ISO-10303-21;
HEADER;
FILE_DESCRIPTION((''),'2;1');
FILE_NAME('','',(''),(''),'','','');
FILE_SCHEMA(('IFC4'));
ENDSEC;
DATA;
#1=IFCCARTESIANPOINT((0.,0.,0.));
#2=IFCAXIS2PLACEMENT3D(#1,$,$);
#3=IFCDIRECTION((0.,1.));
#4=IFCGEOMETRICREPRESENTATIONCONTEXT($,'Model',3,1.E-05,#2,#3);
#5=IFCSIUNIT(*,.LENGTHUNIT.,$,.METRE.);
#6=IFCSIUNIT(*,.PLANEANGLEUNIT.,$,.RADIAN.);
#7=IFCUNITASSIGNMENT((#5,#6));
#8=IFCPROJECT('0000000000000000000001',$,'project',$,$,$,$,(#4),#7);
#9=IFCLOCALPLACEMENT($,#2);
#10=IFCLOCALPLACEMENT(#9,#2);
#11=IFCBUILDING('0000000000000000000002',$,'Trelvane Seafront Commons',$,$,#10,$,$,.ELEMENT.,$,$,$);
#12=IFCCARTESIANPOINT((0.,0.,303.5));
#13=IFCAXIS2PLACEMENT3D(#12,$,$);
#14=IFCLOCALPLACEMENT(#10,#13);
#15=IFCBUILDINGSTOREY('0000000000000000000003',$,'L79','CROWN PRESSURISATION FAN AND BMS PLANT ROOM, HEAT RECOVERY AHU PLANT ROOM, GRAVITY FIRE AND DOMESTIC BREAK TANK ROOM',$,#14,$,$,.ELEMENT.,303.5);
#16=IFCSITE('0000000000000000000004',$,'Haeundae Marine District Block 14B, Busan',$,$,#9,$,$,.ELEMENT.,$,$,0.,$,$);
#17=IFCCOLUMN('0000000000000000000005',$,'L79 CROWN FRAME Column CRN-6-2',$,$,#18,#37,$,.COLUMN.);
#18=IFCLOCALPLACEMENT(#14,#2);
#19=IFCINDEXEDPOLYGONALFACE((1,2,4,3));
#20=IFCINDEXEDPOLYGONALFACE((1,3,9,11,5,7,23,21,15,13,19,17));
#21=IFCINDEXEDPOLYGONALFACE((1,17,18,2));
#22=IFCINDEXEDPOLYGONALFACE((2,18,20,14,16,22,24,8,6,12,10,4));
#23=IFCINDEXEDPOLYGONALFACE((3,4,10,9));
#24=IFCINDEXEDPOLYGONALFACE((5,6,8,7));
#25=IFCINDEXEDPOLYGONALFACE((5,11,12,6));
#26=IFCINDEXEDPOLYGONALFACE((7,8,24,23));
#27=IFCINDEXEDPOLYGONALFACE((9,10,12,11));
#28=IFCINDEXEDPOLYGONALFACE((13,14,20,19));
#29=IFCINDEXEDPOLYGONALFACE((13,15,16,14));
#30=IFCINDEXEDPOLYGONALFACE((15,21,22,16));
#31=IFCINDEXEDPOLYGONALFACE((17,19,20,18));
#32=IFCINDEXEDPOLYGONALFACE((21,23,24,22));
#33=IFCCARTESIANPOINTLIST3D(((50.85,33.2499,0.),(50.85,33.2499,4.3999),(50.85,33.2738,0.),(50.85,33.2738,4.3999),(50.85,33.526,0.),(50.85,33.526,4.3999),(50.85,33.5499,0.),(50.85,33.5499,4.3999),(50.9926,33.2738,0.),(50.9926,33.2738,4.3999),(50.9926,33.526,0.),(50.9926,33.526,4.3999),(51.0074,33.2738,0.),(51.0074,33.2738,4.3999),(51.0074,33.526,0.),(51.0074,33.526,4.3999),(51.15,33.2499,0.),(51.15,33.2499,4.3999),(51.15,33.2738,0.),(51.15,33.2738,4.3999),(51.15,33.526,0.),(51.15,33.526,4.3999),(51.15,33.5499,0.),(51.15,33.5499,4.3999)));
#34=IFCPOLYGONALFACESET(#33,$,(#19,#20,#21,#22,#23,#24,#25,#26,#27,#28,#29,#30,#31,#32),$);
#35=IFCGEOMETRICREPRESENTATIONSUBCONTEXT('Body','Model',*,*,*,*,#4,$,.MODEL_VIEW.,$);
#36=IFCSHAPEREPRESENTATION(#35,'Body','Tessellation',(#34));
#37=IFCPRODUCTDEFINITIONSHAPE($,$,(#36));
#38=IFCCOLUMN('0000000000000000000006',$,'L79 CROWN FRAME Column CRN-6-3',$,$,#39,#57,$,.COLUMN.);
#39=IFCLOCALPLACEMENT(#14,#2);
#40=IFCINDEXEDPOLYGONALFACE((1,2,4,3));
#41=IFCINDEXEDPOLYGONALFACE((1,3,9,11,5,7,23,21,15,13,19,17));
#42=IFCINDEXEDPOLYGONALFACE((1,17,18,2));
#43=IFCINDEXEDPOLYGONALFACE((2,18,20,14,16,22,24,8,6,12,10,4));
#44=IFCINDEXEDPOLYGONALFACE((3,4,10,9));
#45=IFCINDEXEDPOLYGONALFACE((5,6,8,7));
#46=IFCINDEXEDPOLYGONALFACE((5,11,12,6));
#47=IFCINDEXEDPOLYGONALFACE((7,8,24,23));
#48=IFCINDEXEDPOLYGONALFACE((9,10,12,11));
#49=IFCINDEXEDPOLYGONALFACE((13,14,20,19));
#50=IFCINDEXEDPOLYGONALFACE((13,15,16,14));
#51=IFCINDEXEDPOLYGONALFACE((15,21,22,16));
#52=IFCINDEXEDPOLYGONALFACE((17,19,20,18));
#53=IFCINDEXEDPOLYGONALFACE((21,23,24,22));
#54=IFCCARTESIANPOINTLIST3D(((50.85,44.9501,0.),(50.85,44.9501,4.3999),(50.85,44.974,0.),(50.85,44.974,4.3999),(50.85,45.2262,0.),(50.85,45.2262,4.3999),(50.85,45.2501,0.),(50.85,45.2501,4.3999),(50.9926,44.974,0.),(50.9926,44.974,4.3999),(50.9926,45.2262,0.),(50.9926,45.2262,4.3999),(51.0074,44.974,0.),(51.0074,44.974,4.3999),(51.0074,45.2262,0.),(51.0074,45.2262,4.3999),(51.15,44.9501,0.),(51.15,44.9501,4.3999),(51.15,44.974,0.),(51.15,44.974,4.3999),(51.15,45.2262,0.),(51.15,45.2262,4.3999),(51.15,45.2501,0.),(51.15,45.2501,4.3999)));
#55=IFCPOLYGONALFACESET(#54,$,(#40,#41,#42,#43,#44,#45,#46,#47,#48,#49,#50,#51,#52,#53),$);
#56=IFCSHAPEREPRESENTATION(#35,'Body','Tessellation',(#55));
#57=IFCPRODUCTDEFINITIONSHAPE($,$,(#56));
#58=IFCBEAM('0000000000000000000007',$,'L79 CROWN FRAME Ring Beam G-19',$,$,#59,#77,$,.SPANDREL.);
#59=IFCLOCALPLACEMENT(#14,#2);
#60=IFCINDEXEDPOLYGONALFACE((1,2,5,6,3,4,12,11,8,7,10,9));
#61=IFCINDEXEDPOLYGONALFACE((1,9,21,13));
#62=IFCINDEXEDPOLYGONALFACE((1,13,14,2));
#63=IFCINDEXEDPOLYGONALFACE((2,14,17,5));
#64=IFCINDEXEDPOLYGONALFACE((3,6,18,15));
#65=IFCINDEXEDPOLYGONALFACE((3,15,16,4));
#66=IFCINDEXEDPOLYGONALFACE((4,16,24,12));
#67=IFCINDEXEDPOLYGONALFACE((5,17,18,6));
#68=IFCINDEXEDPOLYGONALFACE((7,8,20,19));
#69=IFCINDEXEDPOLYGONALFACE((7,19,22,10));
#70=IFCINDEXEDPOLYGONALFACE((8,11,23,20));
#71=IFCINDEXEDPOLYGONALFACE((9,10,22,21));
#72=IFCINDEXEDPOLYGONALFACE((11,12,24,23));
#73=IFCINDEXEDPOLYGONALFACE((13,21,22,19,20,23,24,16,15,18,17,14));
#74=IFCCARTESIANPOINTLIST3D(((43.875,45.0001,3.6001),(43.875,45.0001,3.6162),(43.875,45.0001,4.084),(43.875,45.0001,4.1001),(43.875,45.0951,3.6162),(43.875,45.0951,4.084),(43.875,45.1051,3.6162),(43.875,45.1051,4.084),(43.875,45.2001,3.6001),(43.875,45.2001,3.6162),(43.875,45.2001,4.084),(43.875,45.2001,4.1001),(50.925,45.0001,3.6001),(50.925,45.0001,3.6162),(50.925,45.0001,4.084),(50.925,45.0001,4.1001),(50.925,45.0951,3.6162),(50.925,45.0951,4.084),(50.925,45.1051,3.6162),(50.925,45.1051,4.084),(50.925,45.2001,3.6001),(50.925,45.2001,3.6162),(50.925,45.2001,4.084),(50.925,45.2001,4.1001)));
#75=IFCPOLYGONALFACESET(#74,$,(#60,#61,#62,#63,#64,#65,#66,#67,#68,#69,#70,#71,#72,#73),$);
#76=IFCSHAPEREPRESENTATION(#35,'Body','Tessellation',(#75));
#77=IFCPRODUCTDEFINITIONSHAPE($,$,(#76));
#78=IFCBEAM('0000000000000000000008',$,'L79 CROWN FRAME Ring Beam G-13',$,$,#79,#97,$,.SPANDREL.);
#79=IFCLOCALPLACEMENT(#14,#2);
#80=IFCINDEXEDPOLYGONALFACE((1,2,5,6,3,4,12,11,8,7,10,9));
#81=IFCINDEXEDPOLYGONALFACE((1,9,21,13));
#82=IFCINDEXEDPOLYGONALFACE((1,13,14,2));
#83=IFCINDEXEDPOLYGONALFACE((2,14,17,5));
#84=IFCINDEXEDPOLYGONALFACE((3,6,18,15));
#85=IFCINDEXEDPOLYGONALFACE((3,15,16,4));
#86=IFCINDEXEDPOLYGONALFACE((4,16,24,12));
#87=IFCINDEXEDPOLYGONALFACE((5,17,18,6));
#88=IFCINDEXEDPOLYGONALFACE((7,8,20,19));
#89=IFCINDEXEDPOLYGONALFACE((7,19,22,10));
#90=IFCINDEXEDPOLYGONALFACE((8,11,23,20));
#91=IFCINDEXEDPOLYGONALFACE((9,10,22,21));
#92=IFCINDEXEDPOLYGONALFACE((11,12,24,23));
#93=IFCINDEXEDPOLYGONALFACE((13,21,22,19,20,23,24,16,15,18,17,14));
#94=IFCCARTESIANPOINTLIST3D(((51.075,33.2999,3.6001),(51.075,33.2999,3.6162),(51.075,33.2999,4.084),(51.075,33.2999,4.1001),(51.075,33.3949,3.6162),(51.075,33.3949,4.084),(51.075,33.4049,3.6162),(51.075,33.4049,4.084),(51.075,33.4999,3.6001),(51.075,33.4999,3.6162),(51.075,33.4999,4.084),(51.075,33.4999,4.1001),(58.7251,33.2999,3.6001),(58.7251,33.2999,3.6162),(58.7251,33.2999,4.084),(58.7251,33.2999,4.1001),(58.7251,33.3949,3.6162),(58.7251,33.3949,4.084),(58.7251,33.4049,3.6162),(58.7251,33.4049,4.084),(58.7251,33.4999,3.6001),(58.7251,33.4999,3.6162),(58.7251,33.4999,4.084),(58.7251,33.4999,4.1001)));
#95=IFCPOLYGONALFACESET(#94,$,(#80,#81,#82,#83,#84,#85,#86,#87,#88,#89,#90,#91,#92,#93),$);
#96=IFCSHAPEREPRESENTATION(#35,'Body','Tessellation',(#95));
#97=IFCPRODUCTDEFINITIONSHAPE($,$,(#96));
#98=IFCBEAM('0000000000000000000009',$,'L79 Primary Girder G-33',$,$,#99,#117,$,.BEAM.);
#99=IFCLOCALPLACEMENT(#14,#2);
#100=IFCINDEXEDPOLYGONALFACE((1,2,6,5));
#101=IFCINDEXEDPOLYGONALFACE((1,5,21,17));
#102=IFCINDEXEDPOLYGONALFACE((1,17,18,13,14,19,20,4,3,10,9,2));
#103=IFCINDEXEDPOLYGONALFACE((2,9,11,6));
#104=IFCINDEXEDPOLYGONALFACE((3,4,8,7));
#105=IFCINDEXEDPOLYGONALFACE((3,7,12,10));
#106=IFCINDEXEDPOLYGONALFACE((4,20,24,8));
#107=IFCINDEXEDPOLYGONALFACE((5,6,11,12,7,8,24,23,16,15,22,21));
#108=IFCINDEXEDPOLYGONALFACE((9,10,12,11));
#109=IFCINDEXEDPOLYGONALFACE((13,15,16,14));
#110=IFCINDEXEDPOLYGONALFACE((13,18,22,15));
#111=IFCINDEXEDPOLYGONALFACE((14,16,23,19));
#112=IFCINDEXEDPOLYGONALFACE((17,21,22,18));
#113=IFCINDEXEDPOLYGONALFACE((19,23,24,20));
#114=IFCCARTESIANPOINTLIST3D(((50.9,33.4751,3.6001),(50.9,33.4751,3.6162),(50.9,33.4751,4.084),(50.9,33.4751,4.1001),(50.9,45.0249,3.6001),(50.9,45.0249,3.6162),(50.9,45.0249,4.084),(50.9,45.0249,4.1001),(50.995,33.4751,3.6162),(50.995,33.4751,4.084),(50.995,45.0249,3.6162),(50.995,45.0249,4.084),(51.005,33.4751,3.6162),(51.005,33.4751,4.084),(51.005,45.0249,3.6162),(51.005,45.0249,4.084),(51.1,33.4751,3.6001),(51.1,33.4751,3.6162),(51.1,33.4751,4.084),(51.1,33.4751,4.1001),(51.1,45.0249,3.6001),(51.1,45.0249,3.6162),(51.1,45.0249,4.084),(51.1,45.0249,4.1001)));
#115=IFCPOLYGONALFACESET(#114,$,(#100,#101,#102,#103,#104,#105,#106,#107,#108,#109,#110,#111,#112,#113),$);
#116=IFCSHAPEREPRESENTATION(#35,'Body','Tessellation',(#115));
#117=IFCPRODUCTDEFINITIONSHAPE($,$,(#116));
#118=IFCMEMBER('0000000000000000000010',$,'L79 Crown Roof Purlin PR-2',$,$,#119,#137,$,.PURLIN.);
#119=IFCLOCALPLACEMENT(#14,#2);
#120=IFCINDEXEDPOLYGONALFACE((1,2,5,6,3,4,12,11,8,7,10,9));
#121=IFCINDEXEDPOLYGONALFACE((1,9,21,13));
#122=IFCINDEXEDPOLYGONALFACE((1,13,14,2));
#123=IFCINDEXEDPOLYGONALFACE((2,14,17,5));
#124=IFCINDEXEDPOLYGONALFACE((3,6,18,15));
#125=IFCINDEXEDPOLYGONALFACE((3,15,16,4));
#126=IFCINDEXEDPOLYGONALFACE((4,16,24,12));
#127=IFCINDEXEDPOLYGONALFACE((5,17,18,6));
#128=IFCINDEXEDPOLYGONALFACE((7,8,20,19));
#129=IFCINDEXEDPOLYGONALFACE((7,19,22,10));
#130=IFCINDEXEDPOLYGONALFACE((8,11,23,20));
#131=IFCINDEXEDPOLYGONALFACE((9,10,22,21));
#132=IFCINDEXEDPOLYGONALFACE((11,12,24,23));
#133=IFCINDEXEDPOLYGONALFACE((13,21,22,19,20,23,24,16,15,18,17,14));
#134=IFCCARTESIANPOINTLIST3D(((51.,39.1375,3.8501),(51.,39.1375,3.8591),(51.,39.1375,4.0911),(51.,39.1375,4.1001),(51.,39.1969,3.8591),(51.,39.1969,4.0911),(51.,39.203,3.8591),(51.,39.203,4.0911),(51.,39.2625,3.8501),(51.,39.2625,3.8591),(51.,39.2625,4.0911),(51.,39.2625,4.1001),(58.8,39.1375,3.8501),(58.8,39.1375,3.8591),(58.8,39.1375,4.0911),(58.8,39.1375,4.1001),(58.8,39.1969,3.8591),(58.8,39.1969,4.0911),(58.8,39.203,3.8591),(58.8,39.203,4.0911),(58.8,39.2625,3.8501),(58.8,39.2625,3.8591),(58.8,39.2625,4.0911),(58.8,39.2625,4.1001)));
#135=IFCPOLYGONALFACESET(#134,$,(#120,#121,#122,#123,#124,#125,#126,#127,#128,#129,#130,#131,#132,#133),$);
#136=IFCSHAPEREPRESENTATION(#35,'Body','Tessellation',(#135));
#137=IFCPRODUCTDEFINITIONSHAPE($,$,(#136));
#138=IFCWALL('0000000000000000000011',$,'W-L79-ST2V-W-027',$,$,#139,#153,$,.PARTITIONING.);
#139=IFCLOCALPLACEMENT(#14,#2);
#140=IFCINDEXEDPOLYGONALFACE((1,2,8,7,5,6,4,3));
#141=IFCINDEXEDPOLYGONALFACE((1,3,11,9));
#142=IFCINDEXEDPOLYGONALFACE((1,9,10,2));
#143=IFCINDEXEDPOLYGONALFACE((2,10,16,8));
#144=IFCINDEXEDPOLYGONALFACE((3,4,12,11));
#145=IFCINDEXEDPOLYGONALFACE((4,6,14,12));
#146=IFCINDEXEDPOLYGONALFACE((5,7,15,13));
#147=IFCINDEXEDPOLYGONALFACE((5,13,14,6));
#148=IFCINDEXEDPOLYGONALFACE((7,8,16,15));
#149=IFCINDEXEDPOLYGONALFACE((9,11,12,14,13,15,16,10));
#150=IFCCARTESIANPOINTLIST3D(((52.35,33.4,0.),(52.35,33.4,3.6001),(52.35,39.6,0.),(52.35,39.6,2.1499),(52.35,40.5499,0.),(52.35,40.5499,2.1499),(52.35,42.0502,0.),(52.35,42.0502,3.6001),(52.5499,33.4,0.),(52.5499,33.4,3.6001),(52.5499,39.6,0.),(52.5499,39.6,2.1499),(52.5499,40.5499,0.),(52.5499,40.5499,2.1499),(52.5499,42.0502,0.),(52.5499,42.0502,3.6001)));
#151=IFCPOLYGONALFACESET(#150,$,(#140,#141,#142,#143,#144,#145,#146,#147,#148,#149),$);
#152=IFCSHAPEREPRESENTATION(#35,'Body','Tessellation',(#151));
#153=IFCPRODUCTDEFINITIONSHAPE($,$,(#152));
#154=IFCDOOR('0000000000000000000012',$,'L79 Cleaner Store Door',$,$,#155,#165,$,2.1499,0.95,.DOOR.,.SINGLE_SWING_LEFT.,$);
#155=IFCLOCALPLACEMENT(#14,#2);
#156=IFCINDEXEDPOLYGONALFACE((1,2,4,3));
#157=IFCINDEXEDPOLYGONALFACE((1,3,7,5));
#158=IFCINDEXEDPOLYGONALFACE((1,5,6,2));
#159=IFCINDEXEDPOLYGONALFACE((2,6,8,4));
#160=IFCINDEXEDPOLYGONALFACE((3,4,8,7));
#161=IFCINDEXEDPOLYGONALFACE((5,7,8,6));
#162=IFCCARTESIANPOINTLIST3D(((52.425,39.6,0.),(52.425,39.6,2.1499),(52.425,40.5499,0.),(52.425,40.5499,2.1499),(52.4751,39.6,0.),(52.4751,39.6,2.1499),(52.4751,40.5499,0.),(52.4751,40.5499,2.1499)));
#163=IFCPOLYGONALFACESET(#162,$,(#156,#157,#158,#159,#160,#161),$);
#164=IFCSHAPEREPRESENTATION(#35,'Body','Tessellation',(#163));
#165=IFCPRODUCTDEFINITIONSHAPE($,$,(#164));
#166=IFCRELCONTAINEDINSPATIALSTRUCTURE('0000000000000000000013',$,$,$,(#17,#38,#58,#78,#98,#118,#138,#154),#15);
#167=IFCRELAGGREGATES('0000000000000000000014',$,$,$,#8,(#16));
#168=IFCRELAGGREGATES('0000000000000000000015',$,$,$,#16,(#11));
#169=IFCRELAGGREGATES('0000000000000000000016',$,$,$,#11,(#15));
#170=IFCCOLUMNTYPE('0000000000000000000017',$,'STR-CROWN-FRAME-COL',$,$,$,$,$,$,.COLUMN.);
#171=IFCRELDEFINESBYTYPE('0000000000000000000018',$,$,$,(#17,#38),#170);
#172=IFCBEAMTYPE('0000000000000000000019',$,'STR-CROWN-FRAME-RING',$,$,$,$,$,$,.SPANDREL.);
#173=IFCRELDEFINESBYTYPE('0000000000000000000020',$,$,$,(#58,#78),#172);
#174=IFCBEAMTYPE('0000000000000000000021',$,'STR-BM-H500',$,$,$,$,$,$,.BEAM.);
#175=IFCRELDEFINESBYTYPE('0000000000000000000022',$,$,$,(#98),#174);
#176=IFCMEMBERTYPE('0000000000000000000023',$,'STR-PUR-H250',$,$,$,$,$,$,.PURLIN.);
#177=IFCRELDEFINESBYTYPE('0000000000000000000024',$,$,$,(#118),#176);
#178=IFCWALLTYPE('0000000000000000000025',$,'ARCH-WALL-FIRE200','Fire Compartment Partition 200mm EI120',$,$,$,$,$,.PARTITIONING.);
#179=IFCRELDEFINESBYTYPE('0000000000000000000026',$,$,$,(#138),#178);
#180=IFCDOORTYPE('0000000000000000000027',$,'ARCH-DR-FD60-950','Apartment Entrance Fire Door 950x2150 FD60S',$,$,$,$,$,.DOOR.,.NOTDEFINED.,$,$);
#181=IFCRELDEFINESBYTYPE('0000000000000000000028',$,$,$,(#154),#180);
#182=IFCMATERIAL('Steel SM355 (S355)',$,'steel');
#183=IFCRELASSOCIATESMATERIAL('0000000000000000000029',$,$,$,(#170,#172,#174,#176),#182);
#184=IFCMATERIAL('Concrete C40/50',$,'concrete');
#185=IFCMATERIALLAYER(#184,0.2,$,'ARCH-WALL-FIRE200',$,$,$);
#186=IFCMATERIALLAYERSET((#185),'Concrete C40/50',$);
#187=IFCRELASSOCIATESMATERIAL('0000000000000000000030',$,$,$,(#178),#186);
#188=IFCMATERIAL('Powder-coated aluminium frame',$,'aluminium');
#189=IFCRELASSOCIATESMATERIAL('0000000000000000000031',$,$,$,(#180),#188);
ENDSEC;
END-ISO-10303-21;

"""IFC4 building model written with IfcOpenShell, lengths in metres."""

from ifc_helpers import new_model, si_unit, direction, frame, frame_2d, origin, origin_2d, place, context, subcontext, project, spatial, rectangle, i_section, extrude, source, transform, mapped, material, layer, layer_set, material_profile, profile_set, type_object, element, fill, save


model = new_model("IFC4")

# Units and contexts
model_context = context("Model", 3, precision=1e-05, world=origin(), true_north=direction((0.0, 1.0)))
body_context = subcontext(model_context, "Body", "Model", "MODEL_VIEW")
ifc_project = project(units=[si_unit("LENGTHUNIT", "METRE"), si_unit("PLANEANGLEUNIT", "RADIAN")], contexts=[model_context])

# Site, building, storey
site_placement = place(None, origin())
site = spatial("IfcSite", under=ifc_project, at=site_placement, Name="Haeundae Marine District Block 14B, Busan", CompositionType="ELEMENT", RefElevation=0.0)
building_placement = place(site_placement, origin())
building = spatial("IfcBuilding", under=site, at=building_placement, Name="Trelvane Seafront Commons", CompositionType="ELEMENT")
storey_placement = place(building_placement, frame((0.0, 0.0, 303.5)))
storey = spatial("IfcBuildingStorey", under=building, at=storey_placement, Name="L79", Description="CROWN PRESSURISATION FAN AND BMS PLANT ROOM, HEAT RECOVERY AHU PLANT ROOM, GRAVITY FIRE AND DOMESTIC BREAK TANK ROOM", CompositionType="ELEMENT", Elevation=303.5)

# Columns
ifc_material_1 = material(Name="Steel SM355 (S355)", Category="steel")
ifc_material_profile_1 = material_profile(ifc_material_1, i_section(OverallWidth=0.3, OverallDepth=0.3, WebThickness=0.0149, FlangeThickness=0.0239, at=origin_2d()), Name="HD-300x300x15x24")
ifc_profile_set_1 = profile_set([ifc_material_profile_1], Name="Steel SM355 (S355)")
column_type = type_object("IfcColumnType", Name="STR-CROWN-FRAME-COL", PredefinedType="COLUMN", material=ifc_profile_set_1)
shared_shape_1 = source(origin(), body_context, "Body", "SweptSolid", [
    extrude(i_section(OverallWidth=0.3, OverallDepth=0.3, WebThickness=0.0149, FlangeThickness=0.0239, at=origin_2d()), origin(), (0.0, 0.0, 1.0), 4.3999),
])
for number, where, z_axis, x_axis, name in (
    (1, (51.0, 33.3999, 0.0), (0.0, 0.0, 1.0), (1.0, 0.0, 0.0), "L79 CROWN FRAME Column CRN-6-2"),
    (2, (51.0, 45.1001, 0.0), (0.0, 0.0, 1.0), (1.0, 0.0, 0.0), "L79 CROWN FRAME Column CRN-6-3"),
):
    element("IfcColumn", number, at=place(storey_placement, frame(where, z_axis=z_axis, x_axis=x_axis)), inside=storey, type_object=column_type, Name=name, PredefinedType="COLUMN", context=body_context, shape_type="MappedRepresentation", body=[
        mapped(shared_shape_1, transform((0.0, 0.0, 0.0), x_axis=(1.0, 0.0, 0.0), y_axis=(0.0, 1.0, 0.0), z_axis=(0.0, 0.0, 1.0), scale=1.0)),
    ])

# Beams
ifc_material_profile_2 = material_profile(ifc_material_1, i_section(OverallWidth=0.2, OverallDepth=0.5, WebThickness=0.01, FlangeThickness=0.0161, at=origin_2d()), Name="H-500x200x10x16")
ifc_profile_set_2 = profile_set([ifc_material_profile_2], Name="Steel SM355 (S355)")
beam_type_1 = type_object("IfcBeamType", Name="STR-CROWN-FRAME-RING", PredefinedType="SPANDREL", material=ifc_profile_set_2)
shared_shape_2 = source(origin(), body_context, "Body", "SweptSolid", [
    extrude(i_section(OverallWidth=0.2, OverallDepth=0.5, WebThickness=0.01, FlangeThickness=0.0161, at=origin_2d()), origin(), (0.0, 0.0, 1.0), 7.05),
])
beam_1_placement = place(storey_placement, frame((43.875, 45.1001, 3.8501), z_axis=(1.0, 0.0, 0.0), x_axis=(0.0, 1.0, 0.0)))
element("IfcBeam", 3, at=beam_1_placement, inside=storey, type_object=beam_type_1, Name="L79 CROWN FRAME Ring Beam G-19", PredefinedType="SPANDREL", context=body_context, shape_type="MappedRepresentation", body=[
    mapped(shared_shape_2, transform((0.0, 0.0, 0.0), x_axis=(1.0, 0.0, 0.0), y_axis=(0.0, 1.0, 0.0), z_axis=(0.0, 0.0, 1.0), scale=1.0)),
])
shared_shape_3 = source(origin(), body_context, "Body", "SweptSolid", [
    extrude(i_section(OverallWidth=0.2, OverallDepth=0.5, WebThickness=0.01, FlangeThickness=0.0161, at=origin_2d()), origin(), (0.0, 0.0, 1.0), 7.6501),
])
beam_2_placement = place(storey_placement, frame((51.075, 33.3999, 3.8501), z_axis=(1.0, 0.0, 0.0), x_axis=(0.0, 1.0, 0.0)))
element("IfcBeam", 4, at=beam_2_placement, inside=storey, type_object=beam_type_1, Name="L79 CROWN FRAME Ring Beam G-13", PredefinedType="SPANDREL", context=body_context, shape_type="MappedRepresentation", body=[
    mapped(shared_shape_3, transform((0.0, 0.0, 0.0), x_axis=(1.0, 0.0, 0.0), y_axis=(0.0, 1.0, 0.0), z_axis=(0.0, 0.0, 1.0), scale=1.0)),
])
ifc_material_profile_3 = material_profile(ifc_material_1, i_section(OverallWidth=0.2, OverallDepth=0.5, WebThickness=0.01, FlangeThickness=0.0161, at=origin_2d()), Name="H-500x200x10x16")
ifc_profile_set_3 = profile_set([ifc_material_profile_3], Name="Steel SM355 (S355)")
beam_type_2 = type_object("IfcBeamType", Name="STR-BM-H500", PredefinedType="BEAM", material=ifc_profile_set_3)
shared_shape_4 = source(origin(), body_context, "Body", "SweptSolid", [
    extrude(i_section(OverallWidth=0.2, OverallDepth=0.5, WebThickness=0.01, FlangeThickness=0.0161, at=origin_2d()), origin(), (0.0, 0.0, 1.0), 11.5498),
])
beam_3_placement = place(storey_placement, frame((51.0, 33.4751, 3.8501), z_axis=(0.0, 1.0, 0.0), x_axis=(-1.0, 0.0, 0.0)))
element("IfcBeam", 5, at=beam_3_placement, inside=storey, type_object=beam_type_2, Name="L79 Primary Girder G-33", PredefinedType="BEAM", context=body_context, shape_type="MappedRepresentation", body=[
    mapped(shared_shape_4, transform((0.0, 0.0, 0.0), x_axis=(1.0, 0.0, 0.0), y_axis=(0.0, 1.0, 0.0), z_axis=(0.0, 0.0, 1.0), scale=1.0)),
])

# Member
ifc_material_profile_4 = material_profile(ifc_material_1, i_section(OverallWidth=0.125, OverallDepth=0.25, WebThickness=0.0061, FlangeThickness=0.009, at=origin_2d()), Name="H-250x125x6x9")
ifc_profile_set_4 = profile_set([ifc_material_profile_4], Name="Steel SM355 (S355)")
member_type = type_object("IfcMemberType", Name="STR-PUR-H250", PredefinedType="PURLIN", material=ifc_profile_set_4)
shared_shape_5 = source(origin(), body_context, "Body", "SweptSolid", [
    extrude(i_section(OverallWidth=0.125, OverallDepth=0.25, WebThickness=0.0061, FlangeThickness=0.009, at=origin_2d()), origin(), (0.0, 0.0, 1.0), 7.8),
])
member_placement = place(storey_placement, frame((51.0, 39.2, 3.9751), z_axis=(1.0, 0.0, 0.0), x_axis=(0.0, 1.0, 0.0)))
element("IfcMember", 6, at=member_placement, inside=storey, type_object=member_type, Name="L79 Crown Roof Purlin PR-2", PredefinedType="PURLIN", context=body_context, shape_type="MappedRepresentation", body=[
    mapped(shared_shape_5, transform((0.0, 0.0, 0.0), x_axis=(1.0, 0.0, 0.0), y_axis=(0.0, 1.0, 0.0), z_axis=(0.0, 0.0, 1.0), scale=1.0)),
])

# Wall, opening, door
ifc_material_2 = material(Name="Concrete C40/50", Category="concrete")
ifc_layer_1 = layer(ifc_material_2, 0.2, Name="ARCH-WALL-FIRE200")
ifc_layer_set_1 = layer_set([ifc_layer_1], Name="Concrete C40/50")
wall_type_1 = type_object("IfcWallType", Name="ARCH-WALL-FIRE200", Description="Fire Compartment Partition 200mm EI120", PredefinedType="PARTITIONING", material=ifc_layer_set_1)
wall_1_placement = place(storey_placement, frame((52.45, 33.3999, 0.0), z_axis=(0.0, 0.0, 1.0), x_axis=(0.0, 1.0, 0.0)))
wall_1 = element("IfcWall", 7, at=wall_1_placement, inside=storey, type_object=wall_type_1, Name="W-L79-ST2V-W-027", PredefinedType="PARTITIONING", context=body_context, shape_type="SweptSolid", body=[
    extrude(rectangle(XDim=8.6501, YDim=0.2, at=frame_2d((4.3252, 0.0))), origin(), (0.0, 0.0, 1.0), 3.6001),
])
opening_1_placement = place(wall_1_placement, frame((6.2, 0.0, 0.0)))
opening_1 = element("IfcOpeningElement", 8, at=opening_1_placement, cuts=wall_1, PredefinedType="OPENING", context=body_context, shape_type="SweptSolid", body=[
    extrude(rectangle(XDim=0.95, YDim=2.1499, at=frame_2d((0.4751, 1.075))), frame((0.0, 0.1099, 0.0), z_axis=(0.0, -1.0, 0.0), x_axis=(1.0, 0.0, 0.0)), (0.0, 0.0, 1.0), 0.22),
])
ifc_material_3 = material(Name="Powder-coated aluminium frame", Category="aluminium")
door_type_1 = type_object("IfcDoorType", Name="ARCH-DR-FD60-950", Description="Apartment Entrance Fire Door 950x2150 FD60S", OperationType="NOTDEFINED", PredefinedType="DOOR", material=ifc_material_3)
shared_shape_6 = source(origin(), body_context, "Body", "SweptSolid", [
    extrude(rectangle(XDim=0.95, YDim=2.1499, at=frame_2d((0.4751, 1.075))), frame((0.0, 0.0249, 0.0), z_axis=(0.0, -1.0, 0.0), x_axis=(1.0, 0.0, 0.0)), (0.0, 0.0, 1.0), 0.05),
])
door_1_placement = place(opening_1_placement, origin())
door_1 = element("IfcDoor", 9, at=door_1_placement, inside=storey, type_object=door_type_1, Name="L79 Cleaner Store Door", OperationType="SINGLE_SWING_LEFT", OverallHeight=2.1499, OverallWidth=0.95, PredefinedType="DOOR", context=body_context, shape_type="MappedRepresentation", body=[
    mapped(shared_shape_6, transform((0.0, 0.0, 0.0), x_axis=(1.0, 0.0, 0.0), y_axis=(0.0, 1.0, 0.0), z_axis=(0.0, 0.0, 1.0), scale=1.0)),
])
fill(opening_1, door_1)

save(model, "model.ifc")
